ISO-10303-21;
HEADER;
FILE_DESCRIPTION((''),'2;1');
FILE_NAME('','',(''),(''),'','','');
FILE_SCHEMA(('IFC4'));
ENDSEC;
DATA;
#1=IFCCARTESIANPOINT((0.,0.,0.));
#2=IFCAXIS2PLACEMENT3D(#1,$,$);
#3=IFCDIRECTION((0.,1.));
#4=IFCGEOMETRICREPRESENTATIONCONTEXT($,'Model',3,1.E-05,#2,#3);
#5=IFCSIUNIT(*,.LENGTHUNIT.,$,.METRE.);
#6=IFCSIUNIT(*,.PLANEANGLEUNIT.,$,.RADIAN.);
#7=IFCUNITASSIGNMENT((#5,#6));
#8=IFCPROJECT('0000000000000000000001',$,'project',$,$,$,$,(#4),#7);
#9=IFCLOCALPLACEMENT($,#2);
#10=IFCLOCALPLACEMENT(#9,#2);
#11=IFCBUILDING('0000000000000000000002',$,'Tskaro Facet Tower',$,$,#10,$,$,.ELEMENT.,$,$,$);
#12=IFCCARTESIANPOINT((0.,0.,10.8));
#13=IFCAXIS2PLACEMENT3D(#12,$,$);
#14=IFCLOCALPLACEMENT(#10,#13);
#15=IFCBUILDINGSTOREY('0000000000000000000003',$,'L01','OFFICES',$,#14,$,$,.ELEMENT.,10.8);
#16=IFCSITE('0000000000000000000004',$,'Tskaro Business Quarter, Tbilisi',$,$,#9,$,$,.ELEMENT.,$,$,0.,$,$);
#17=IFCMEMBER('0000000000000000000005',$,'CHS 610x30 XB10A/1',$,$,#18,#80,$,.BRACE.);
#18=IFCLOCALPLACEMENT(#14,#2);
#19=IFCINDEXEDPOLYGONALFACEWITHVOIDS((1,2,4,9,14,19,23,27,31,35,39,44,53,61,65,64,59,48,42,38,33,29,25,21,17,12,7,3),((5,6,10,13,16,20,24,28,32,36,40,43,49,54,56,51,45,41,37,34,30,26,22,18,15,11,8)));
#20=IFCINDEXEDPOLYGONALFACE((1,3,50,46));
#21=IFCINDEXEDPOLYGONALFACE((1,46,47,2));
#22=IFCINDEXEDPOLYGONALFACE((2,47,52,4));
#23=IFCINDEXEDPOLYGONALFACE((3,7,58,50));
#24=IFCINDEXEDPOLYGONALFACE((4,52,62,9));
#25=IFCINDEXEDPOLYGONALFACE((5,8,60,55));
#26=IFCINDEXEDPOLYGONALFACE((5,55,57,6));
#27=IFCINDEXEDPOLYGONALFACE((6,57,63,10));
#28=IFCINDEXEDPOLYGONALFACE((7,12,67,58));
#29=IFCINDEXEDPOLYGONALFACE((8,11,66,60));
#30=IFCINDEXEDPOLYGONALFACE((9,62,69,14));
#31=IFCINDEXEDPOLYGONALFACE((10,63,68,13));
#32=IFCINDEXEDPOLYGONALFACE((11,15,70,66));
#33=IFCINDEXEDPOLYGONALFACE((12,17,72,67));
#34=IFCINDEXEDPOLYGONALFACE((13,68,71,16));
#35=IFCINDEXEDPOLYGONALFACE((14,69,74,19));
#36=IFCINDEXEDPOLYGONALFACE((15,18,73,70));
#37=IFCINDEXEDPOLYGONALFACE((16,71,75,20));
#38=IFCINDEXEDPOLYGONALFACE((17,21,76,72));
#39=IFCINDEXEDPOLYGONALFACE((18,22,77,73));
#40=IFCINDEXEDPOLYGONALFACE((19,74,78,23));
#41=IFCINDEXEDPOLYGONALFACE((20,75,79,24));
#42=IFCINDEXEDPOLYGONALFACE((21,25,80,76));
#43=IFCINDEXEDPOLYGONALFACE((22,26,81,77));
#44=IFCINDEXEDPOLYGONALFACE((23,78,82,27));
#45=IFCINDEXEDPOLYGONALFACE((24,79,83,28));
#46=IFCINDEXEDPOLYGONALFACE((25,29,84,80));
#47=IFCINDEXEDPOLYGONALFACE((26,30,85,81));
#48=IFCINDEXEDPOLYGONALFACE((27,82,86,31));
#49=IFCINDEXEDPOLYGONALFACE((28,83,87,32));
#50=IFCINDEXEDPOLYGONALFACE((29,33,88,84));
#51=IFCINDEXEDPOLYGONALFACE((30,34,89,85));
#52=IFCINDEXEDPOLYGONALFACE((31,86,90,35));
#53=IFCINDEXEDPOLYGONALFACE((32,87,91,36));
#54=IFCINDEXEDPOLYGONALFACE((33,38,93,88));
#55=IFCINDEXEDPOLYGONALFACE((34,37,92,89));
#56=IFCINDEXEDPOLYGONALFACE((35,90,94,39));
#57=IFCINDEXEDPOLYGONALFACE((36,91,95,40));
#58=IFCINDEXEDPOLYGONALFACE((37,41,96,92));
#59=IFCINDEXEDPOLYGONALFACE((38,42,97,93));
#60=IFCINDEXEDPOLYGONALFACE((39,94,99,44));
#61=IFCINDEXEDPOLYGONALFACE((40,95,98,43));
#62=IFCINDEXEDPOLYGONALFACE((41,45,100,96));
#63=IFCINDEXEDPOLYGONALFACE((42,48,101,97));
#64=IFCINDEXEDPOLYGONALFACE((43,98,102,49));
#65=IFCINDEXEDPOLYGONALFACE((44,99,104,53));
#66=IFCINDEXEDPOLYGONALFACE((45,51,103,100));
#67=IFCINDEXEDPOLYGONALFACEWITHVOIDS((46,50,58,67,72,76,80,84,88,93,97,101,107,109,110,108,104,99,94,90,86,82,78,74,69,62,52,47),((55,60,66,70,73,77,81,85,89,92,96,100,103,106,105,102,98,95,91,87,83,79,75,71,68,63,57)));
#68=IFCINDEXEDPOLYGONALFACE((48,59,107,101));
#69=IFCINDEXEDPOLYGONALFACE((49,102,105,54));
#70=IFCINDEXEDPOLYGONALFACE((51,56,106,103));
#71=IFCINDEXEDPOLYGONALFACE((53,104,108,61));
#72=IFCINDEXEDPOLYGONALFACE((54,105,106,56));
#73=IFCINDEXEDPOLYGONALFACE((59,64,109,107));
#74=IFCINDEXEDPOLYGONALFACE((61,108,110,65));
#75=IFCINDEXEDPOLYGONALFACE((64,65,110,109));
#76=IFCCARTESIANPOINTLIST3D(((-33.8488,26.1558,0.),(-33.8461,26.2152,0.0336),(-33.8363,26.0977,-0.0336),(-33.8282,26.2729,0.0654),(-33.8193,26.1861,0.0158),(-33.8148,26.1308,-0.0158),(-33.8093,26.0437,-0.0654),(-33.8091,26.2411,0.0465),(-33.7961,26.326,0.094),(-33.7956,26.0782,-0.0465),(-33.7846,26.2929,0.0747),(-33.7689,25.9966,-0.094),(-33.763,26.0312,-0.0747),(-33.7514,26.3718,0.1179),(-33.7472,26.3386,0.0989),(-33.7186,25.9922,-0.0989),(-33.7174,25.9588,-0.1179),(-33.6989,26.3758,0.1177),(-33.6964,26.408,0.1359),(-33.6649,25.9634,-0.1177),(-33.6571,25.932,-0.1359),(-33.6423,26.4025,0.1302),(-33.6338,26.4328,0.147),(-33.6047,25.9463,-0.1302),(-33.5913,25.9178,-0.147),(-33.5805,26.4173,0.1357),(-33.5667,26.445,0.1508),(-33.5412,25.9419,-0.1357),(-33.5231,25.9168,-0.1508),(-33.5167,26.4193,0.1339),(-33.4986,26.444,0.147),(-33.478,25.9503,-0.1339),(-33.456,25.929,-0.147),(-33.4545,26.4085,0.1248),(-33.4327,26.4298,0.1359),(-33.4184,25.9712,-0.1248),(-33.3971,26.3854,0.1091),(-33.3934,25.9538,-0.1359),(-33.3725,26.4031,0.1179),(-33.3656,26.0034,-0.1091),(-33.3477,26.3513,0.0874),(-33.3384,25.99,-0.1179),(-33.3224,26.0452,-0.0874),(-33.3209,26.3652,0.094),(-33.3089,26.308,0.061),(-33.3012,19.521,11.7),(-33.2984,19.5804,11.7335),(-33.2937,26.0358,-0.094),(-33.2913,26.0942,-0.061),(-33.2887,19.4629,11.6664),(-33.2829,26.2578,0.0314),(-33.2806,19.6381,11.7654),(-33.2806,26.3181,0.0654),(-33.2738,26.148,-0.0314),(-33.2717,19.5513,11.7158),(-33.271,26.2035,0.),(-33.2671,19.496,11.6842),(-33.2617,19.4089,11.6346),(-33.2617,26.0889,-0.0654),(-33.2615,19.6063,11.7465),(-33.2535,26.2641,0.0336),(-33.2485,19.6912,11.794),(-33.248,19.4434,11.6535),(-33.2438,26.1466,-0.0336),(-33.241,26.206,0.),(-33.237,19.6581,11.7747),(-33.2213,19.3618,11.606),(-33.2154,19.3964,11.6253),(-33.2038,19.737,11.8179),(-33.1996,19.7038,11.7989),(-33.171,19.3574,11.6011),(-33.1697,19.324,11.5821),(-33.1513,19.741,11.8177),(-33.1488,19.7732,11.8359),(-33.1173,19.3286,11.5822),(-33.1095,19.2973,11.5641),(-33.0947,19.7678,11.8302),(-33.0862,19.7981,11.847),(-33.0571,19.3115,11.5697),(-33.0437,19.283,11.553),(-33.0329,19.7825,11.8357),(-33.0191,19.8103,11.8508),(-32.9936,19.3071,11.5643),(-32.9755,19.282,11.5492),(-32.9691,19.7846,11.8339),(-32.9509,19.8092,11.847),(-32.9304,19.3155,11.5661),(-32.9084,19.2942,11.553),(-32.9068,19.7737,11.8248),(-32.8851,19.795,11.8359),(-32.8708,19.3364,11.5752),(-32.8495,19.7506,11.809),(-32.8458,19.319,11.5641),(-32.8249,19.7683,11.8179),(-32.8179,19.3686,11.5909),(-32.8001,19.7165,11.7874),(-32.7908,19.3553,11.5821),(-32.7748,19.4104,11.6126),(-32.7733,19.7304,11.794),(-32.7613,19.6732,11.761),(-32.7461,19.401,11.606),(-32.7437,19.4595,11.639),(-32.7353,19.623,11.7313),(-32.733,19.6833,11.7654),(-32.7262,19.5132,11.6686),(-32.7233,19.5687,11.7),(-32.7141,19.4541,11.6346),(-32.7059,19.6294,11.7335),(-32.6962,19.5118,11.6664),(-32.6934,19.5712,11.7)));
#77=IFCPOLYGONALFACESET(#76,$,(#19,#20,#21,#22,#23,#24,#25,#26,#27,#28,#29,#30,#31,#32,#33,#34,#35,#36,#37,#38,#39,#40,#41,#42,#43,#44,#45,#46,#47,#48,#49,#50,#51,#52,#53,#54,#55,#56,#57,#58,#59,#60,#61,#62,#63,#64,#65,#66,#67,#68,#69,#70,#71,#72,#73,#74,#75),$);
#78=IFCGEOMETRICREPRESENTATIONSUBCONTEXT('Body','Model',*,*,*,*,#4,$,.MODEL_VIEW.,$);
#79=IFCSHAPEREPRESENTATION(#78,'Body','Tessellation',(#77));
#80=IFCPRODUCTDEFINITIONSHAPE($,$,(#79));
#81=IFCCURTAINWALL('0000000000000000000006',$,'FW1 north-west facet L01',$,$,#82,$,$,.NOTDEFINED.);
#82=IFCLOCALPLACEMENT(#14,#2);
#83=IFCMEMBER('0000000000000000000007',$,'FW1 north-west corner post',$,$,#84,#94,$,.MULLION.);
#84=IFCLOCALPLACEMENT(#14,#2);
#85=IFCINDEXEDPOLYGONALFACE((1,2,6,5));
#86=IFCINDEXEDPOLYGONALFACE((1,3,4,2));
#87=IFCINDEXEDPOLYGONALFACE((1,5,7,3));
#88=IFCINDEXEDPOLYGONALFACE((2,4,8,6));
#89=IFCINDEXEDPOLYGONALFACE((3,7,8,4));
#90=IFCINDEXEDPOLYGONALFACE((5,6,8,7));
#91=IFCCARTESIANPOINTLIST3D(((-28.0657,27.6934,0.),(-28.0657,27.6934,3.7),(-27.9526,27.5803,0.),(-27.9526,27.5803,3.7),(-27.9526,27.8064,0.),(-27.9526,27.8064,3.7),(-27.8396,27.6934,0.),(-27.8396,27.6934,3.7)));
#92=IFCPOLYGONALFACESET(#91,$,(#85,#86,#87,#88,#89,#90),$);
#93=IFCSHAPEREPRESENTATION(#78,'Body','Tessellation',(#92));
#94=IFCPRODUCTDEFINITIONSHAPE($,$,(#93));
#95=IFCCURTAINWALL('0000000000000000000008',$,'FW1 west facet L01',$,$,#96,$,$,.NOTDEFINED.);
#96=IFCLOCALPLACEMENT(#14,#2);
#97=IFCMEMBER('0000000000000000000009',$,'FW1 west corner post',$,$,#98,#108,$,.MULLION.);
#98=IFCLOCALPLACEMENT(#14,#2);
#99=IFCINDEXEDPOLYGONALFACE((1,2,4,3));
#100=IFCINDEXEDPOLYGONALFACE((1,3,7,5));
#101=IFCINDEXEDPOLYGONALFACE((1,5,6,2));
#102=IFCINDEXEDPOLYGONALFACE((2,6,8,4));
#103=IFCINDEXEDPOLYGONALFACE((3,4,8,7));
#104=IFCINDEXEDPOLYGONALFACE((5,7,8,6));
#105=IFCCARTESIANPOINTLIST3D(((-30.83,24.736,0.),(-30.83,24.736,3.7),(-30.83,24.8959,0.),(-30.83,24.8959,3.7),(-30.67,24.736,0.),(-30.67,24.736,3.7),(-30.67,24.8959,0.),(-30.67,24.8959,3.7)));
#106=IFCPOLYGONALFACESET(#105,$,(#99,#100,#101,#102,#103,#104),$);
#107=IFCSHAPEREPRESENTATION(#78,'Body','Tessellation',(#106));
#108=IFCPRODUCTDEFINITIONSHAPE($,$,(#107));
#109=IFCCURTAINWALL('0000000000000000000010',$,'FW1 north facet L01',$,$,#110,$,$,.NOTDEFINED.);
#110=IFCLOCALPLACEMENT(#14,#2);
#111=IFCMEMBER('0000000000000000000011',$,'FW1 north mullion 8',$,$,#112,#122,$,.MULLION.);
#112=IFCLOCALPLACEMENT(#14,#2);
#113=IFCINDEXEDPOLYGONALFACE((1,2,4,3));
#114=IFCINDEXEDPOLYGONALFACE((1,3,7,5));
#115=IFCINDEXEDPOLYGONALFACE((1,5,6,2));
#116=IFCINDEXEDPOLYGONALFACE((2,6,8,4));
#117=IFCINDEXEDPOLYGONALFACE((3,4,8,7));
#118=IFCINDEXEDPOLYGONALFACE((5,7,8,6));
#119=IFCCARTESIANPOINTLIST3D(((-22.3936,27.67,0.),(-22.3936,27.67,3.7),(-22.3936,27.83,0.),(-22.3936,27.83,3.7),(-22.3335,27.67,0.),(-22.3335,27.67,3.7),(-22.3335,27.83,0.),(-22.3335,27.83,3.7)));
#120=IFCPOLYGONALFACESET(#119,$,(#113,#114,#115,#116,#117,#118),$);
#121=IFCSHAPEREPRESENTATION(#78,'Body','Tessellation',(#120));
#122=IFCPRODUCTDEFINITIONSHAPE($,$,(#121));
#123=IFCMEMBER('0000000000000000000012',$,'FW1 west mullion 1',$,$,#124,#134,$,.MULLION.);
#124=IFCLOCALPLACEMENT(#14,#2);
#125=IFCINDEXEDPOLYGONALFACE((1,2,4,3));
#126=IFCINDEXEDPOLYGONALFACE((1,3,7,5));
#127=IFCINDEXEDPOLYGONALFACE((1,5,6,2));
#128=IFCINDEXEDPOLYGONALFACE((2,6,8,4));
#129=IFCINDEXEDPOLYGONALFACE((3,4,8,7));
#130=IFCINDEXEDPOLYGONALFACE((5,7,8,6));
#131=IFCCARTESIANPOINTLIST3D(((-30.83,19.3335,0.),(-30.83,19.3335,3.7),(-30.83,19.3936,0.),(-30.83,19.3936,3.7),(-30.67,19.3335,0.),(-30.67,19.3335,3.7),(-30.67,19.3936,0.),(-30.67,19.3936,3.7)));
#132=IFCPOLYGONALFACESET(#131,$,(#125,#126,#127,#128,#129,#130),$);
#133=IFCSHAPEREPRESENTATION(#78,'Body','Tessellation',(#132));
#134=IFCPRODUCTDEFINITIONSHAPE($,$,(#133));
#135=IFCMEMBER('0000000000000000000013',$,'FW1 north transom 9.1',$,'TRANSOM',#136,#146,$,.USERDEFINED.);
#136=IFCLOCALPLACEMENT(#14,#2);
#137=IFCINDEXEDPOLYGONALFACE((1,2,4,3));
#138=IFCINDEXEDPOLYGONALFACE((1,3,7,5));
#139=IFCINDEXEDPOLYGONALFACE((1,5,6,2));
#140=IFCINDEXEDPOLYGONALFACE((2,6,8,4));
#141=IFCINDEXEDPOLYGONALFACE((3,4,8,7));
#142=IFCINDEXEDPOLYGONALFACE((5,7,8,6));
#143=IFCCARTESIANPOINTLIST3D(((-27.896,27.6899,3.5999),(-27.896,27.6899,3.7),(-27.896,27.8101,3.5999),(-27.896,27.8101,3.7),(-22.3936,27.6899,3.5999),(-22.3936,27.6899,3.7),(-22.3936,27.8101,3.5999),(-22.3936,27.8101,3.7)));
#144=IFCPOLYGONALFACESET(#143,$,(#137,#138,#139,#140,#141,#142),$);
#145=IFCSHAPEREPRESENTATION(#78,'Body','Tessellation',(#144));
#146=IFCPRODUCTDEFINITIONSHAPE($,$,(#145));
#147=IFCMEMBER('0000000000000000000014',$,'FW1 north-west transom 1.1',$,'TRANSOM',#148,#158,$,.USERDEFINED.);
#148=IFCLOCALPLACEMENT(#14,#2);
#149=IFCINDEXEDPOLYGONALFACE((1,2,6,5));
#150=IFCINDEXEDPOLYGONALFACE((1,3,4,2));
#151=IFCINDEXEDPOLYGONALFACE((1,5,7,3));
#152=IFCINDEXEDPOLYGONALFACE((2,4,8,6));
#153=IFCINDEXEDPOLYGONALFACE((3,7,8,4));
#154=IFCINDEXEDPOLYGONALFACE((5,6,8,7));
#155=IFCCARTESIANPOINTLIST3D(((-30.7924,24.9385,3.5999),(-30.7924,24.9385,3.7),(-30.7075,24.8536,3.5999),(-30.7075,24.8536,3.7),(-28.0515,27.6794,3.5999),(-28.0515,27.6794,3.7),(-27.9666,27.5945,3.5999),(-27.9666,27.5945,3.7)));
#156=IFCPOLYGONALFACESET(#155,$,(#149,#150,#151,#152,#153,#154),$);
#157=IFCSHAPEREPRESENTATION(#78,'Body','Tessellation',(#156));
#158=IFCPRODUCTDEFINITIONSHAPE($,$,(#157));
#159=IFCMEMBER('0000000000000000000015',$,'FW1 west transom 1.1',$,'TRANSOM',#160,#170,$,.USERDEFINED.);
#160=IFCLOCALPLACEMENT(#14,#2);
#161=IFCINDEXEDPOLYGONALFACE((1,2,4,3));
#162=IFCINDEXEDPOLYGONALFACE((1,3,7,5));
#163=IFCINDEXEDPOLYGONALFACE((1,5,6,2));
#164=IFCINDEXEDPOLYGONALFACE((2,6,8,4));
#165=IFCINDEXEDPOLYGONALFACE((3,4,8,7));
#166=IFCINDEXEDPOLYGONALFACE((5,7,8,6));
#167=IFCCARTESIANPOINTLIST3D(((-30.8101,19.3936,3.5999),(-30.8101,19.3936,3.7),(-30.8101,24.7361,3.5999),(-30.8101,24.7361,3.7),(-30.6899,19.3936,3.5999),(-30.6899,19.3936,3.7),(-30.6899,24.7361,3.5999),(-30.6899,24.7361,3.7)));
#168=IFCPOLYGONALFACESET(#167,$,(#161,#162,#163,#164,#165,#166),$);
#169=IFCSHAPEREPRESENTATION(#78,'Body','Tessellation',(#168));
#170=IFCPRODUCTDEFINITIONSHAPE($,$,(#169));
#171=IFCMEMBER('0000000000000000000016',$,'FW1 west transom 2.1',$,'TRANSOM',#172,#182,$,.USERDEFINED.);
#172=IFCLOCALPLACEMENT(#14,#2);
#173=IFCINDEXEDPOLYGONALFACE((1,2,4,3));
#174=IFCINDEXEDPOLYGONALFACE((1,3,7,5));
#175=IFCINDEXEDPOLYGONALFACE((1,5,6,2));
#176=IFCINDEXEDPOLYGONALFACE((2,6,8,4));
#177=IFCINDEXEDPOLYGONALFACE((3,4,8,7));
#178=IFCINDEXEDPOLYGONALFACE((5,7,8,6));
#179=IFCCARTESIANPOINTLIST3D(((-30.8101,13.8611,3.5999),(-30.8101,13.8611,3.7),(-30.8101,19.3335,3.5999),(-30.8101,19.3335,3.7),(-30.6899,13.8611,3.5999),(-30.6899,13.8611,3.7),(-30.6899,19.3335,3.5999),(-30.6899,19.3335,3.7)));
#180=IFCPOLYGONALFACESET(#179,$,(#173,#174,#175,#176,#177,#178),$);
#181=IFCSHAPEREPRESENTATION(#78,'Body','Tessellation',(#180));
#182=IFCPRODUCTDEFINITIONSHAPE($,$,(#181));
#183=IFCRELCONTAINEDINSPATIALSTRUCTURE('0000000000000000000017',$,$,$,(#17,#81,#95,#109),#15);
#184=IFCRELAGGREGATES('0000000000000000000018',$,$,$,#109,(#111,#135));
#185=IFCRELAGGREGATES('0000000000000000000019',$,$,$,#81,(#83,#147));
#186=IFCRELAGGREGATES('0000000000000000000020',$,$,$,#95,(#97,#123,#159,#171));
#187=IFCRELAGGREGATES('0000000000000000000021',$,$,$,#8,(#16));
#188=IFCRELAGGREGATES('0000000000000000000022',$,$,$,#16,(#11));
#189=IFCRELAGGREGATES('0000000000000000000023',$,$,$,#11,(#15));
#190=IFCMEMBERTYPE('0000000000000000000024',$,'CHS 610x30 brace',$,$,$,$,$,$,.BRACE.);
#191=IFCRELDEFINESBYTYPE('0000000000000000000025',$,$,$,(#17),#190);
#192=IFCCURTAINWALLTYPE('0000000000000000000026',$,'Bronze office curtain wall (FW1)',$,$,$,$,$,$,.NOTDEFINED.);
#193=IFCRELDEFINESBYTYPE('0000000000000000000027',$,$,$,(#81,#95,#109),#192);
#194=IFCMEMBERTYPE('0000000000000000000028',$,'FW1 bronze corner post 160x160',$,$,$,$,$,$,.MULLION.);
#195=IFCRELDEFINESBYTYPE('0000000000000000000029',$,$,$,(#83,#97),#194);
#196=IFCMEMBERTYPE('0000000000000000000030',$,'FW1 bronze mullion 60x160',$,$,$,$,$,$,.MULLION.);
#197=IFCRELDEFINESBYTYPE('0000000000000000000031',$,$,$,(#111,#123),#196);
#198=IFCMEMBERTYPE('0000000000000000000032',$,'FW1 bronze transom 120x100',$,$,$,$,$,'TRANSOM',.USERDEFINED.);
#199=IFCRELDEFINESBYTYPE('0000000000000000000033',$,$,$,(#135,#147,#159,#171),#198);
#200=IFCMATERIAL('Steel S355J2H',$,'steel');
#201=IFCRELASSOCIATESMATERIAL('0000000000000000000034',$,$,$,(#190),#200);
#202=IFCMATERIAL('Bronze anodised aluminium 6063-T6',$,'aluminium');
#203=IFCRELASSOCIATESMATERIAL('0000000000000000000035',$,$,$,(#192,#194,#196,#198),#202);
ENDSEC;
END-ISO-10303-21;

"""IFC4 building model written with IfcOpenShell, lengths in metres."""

from ifc_helpers import new_model, si_unit, direction, frame, origin, origin_2d, place, context, subcontext, project, spatial, rectangle, hollow_circle, extrude, material, material_profile, profile_set, type_object, element, aggregate, save


model = new_model("IFC4")

# Units and contexts
model_context = context("Model", 3, precision=1e-05, world=origin(), true_north=direction((0.0, 1.0)))
body_context = subcontext(model_context, "Body", "Model", "MODEL_VIEW")
ifc_project = project(units=[si_unit("LENGTHUNIT", "METRE"), si_unit("PLANEANGLEUNIT", "RADIAN")], contexts=[model_context])

# Site, building, storey
site_placement = place(None, origin())
site = spatial("IfcSite", under=ifc_project, at=site_placement, Name="Tskaro Business Quarter, Tbilisi", CompositionType="ELEMENT", RefElevation=0.0)
building_placement = place(site_placement, origin())
building = spatial("IfcBuilding", under=site, at=building_placement, Name="Tskaro Facet Tower", CompositionType="ELEMENT")
storey_placement = place(building_placement, frame((0.0, 0.0, 10.8)))
storey = spatial("IfcBuildingStorey", under=building, at=storey_placement, Name="L01", Description="OFFICES", CompositionType="ELEMENT", Elevation=10.8)

# Shared definitions
ifc_material_1 = material(Name="Steel S355J2H", Category="steel")

# Member
ifc_material_profile_1 = material_profile(ifc_material_1, hollow_circle(Radius=0.3049, WallThickness=0.03, at=origin_2d()), Name="CHS 610x30")
ifc_profile_set_1 = profile_set([ifc_material_profile_1], Name="Steel S355J2H")
member_type_1 = type_object("IfcMemberType", Name="CHS 610x30 brace", PredefinedType="BRACE", material=ifc_profile_set_1)
member_1_placement = place(storey_placement, frame((-33.5449, 26.1809, 0.0), z_axis=(0.04068, -0.492874, 0.869149), x_axis=(0.996611, 0.082256, 0.0)))
element("IfcMember", 1, at=member_1_placement, inside=storey, type_object=member_type_1, Name="CHS 610x30 XB10A/1", PredefinedType="BRACE", context=body_context, shape_type="SweptSolid", body=[
    extrude(hollow_circle(Radius=0.3049, WallThickness=0.03, at=origin_2d()), origin(), (0.0, 0.0, 1.0), 13.4614),
])

# Curtain walls, members
ifc_material_2 = material(Name="Bronze anodised aluminium 6063-T6", Category="aluminium")
curtain_wall_type = type_object("IfcCurtainWallType", Name="Bronze office curtain wall (FW1)", PredefinedType="NOTDEFINED", material=ifc_material_2)
curtain_wall_1_placement = place(storey_placement, origin())
curtain_wall_1 = element("IfcCurtainWall", 2, at=curtain_wall_1_placement, inside=storey, type_object=curtain_wall_type, Name="FW1 north-west facet L01", PredefinedType="NOTDEFINED")
ifc_material_profile_2 = material_profile(ifc_material_2, rectangle(XDim=0.1599, YDim=0.1599, at=origin_2d()), Name="Corner post 160x160")
ifc_profile_set_2 = profile_set([ifc_material_profile_2], Name="Bronze anodised aluminium 6063-T6")
member_type_2 = type_object("IfcMemberType", Name="FW1 bronze corner post 160x160", PredefinedType="MULLION", material=ifc_profile_set_2)
member_2_placement = place(storey_placement, frame((-27.9526, 27.6934, 0.0), z_axis=(0.0, 0.0, 1.0), x_axis=(-0.707107, -0.707107, 0.0)))
member_2 = element("IfcMember", 3, at=member_2_placement, type_object=member_type_2, Name="FW1 north-west corner post", PredefinedType="MULLION", context=body_context, shape_type="SweptSolid", body=[
    extrude(rectangle(XDim=0.1599, YDim=0.1599, at=origin_2d()), origin(), (0.0, 0.0, 1.0), 3.7),
])
curtain_wall_2_placement = place(storey_placement, origin())
curtain_wall_2 = element("IfcCurtainWall", 4, at=curtain_wall_2_placement, inside=storey, type_object=curtain_wall_type, Name="FW1 west facet L01", PredefinedType="NOTDEFINED")
member_3_placement = place(storey_placement, frame((-30.75, 24.8159, 0.0), z_axis=(0.0, 0.0, 1.0), x_axis=(0.0, -1.0, 0.0)))
member_3 = element("IfcMember", 5, at=member_3_placement, type_object=member_type_2, Name="FW1 west corner post", PredefinedType="MULLION", context=body_context, shape_type="SweptSolid", body=[
    extrude(rectangle(XDim=0.1599, YDim=0.1599, at=origin_2d()), origin(), (0.0, 0.0, 1.0), 3.7),
])
curtain_wall_3_placement = place(storey_placement, origin())
curtain_wall_3 = element("IfcCurtainWall", 6, at=curtain_wall_3_placement, inside=storey, type_object=curtain_wall_type, Name="FW1 north facet L01", PredefinedType="NOTDEFINED")
ifc_material_profile_3 = material_profile(ifc_material_2, rectangle(XDim=0.0601, YDim=0.1599, at=origin_2d()), Name="Mullion 60x160")
ifc_profile_set_3 = profile_set([ifc_material_profile_3], Name="Bronze anodised aluminium 6063-T6")
member_type_3 = type_object("IfcMemberType", Name="FW1 bronze mullion 60x160", PredefinedType="MULLION", material=ifc_profile_set_3)
member_4_placement = place(storey_placement, frame((-22.3635, 27.75, 0.0), z_axis=(0.0, 0.0, 1.0), x_axis=(-1.0, 0.0, 0.0)))
member_4 = element("IfcMember", 7, at=member_4_placement, type_object=member_type_3, Name="FW1 north mullion 8", PredefinedType="MULLION", context=body_context, shape_type="SweptSolid", body=[
    extrude(rectangle(XDim=0.0601, YDim=0.1599, at=origin_2d()), origin(), (0.0, 0.0, 1.0), 3.7),
])

# Members
member_5_placement = place(storey_placement, frame((-30.75, 19.3635, 0.0), z_axis=(0.0, 0.0, 1.0), x_axis=(0.0, -1.0, 0.0)))
member_5 = element("IfcMember", 8, at=member_5_placement, type_object=member_type_3, Name="FW1 west mullion 1", PredefinedType="MULLION", context=body_context, shape_type="SweptSolid", body=[
    extrude(rectangle(XDim=0.0601, YDim=0.1599, at=origin_2d()), origin(), (0.0, 0.0, 1.0), 3.7),
])
ifc_material_profile_4 = material_profile(ifc_material_2, rectangle(XDim=0.1201, YDim=0.1001, at=origin_2d()), Name="Transom 120x100")
ifc_profile_set_4 = profile_set([ifc_material_profile_4], Name="Bronze anodised aluminium 6063-T6")
member_type_4 = type_object("IfcMemberType", Name="FW1 bronze transom 120x100", ElementType="TRANSOM", PredefinedType="USERDEFINED", material=ifc_profile_set_4)
member_6_placement = place(storey_placement, frame((-22.3936, 27.75, 3.6499), z_axis=(-1.0, 0.0, 0.0), x_axis=(0.0, -1.0, 0.0)))
member_6 = element("IfcMember", 9, at=member_6_placement, type_object=member_type_4, Name="FW1 north transom 9.1", ObjectType="TRANSOM", PredefinedType="USERDEFINED", context=body_context, shape_type="SweptSolid", body=[
    extrude(rectangle(XDim=0.1201, YDim=0.1001, at=origin_2d()), origin(), (0.0, 0.0, 1.0), 5.5024),
])
member_7_placement = place(storey_placement, frame((-28.009, 27.637, 3.6499), z_axis=(-0.707107, -0.707107, 0.0), x_axis=(0.707107, -0.707107, 0.0)))
member_7 = element("IfcMember", 10, at=member_7_placement, type_object=member_type_4, Name="FW1 north-west transom 1.1", ObjectType="TRANSOM", PredefinedType="USERDEFINED", context=body_context, shape_type="SweptSolid", body=[
    extrude(rectangle(XDim=0.1201, YDim=0.1001, at=origin_2d()), origin(), (0.0, 0.0, 1.0), 3.8762),
])
member_8_placement = place(storey_placement, frame((-30.75, 24.7361, 3.6499), z_axis=(0.0, -1.0, 0.0), x_axis=(1.0, 0.0, 0.0)))
member_8 = element("IfcMember", 11, at=member_8_placement, type_object=member_type_4, Name="FW1 west transom 1.1", ObjectType="TRANSOM", PredefinedType="USERDEFINED", context=body_context, shape_type="SweptSolid", body=[
    extrude(rectangle(XDim=0.1201, YDim=0.1001, at=origin_2d()), origin(), (0.0, 0.0, 1.0), 5.3425),
])
member_9_placement = place(storey_placement, frame((-30.75, 19.3335, 3.6499), z_axis=(0.0, -1.0, 0.0), x_axis=(1.0, 0.0, 0.0)))
member_9 = element("IfcMember", 12, at=member_9_placement, type_object=member_type_4, Name="FW1 west transom 2.1", ObjectType="TRANSOM", PredefinedType="USERDEFINED", context=body_context, shape_type="SweptSolid", body=[
    extrude(rectangle(XDim=0.1201, YDim=0.1001, at=origin_2d()), origin(), (0.0, 0.0, 1.0), 5.4724),
])

aggregate(curtain_wall_3, [member_4, member_6])
aggregate(curtain_wall_1, [member_2, member_7])
aggregate(curtain_wall_2, [member_3, member_5, member_8, member_9])

save(model, "model.ifc")
